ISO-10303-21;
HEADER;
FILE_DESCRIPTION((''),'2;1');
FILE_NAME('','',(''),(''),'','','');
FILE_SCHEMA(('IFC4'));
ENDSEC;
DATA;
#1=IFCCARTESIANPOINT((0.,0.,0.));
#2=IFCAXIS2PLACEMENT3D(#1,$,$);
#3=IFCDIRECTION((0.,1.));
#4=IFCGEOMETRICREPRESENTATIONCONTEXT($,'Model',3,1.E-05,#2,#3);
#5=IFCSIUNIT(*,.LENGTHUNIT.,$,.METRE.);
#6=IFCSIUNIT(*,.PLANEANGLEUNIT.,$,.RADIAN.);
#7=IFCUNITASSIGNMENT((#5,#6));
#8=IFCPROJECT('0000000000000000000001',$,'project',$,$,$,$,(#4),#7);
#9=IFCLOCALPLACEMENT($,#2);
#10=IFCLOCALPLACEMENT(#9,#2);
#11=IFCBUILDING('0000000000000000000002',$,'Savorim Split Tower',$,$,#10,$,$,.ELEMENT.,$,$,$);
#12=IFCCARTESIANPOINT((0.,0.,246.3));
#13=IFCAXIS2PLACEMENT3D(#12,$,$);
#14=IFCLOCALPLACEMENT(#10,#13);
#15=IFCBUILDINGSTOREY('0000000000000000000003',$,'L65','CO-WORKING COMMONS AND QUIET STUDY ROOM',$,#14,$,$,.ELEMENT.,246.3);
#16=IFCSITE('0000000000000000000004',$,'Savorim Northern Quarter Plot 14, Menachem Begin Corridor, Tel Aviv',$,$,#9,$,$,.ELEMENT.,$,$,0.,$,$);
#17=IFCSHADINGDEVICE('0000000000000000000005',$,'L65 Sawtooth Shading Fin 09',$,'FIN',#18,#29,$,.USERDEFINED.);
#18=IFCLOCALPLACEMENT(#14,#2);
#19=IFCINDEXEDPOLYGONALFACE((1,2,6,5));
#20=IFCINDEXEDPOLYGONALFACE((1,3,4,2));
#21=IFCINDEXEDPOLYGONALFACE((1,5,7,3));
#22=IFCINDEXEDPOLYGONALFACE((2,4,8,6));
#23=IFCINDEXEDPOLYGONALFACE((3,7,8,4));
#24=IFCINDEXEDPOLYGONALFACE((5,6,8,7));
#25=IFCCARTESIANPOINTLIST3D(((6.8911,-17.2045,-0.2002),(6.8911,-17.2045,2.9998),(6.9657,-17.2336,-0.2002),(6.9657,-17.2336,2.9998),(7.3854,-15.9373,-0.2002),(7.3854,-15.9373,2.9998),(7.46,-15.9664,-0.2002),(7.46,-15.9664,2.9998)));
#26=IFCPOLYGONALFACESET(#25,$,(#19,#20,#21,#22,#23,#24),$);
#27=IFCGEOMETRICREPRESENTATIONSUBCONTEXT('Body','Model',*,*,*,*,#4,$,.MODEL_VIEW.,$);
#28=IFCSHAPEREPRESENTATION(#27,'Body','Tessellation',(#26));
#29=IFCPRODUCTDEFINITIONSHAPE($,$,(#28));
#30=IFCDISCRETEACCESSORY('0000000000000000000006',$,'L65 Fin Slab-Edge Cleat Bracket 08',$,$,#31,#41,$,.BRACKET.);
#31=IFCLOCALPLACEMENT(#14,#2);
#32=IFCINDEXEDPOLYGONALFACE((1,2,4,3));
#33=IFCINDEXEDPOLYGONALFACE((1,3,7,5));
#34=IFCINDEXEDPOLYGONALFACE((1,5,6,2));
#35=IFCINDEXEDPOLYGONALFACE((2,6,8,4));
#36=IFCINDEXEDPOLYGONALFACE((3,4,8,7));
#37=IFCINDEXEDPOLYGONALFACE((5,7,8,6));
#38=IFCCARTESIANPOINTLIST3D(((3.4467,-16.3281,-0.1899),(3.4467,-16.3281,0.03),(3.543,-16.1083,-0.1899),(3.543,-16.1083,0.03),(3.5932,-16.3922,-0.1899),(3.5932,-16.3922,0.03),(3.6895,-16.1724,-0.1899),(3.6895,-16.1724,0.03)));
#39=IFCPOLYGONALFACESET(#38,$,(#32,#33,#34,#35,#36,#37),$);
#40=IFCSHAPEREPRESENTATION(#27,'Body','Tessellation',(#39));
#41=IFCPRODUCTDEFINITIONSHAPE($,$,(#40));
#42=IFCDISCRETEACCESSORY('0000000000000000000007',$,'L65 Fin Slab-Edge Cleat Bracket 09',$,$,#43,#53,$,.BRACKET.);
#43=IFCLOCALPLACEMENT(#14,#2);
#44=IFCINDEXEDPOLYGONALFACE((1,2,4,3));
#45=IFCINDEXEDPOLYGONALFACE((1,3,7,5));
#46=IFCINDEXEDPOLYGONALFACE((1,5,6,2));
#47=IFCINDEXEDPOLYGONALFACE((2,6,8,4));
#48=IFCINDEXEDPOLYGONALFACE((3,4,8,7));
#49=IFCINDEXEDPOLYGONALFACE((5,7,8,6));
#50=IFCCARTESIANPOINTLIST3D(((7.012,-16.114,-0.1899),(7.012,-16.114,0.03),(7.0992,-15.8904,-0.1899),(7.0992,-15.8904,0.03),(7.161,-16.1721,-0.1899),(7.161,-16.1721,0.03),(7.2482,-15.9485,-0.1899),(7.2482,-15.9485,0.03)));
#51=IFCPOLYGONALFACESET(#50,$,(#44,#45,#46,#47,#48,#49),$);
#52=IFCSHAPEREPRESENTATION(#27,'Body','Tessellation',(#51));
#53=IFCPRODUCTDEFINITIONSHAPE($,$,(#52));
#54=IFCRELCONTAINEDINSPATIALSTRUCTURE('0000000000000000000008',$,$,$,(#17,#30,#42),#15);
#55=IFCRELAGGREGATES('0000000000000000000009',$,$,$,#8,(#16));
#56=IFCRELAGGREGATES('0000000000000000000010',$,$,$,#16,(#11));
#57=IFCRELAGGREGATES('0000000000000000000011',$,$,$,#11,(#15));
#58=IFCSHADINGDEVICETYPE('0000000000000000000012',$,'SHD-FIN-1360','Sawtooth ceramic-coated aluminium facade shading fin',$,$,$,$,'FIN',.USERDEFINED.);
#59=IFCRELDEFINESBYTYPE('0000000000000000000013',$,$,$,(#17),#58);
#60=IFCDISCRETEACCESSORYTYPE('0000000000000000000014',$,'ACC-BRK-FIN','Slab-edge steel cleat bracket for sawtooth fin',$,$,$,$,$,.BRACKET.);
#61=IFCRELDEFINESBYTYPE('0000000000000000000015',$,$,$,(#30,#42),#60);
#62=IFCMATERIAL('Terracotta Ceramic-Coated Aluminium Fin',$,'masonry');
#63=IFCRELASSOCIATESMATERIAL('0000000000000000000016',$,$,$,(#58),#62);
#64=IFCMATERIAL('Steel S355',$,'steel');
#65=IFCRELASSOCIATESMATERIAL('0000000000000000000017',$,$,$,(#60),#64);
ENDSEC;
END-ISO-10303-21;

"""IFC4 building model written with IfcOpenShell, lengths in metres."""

from ifc_helpers import new_model, si_unit, direction, frame, origin, origin_2d, place, context, subcontext, project, spatial, rectangle, extrude, material, type_object, element, save


model = new_model("IFC4")

# Units and contexts
model_context = context("Model", 3, precision=1e-05, world=origin(), true_north=direction((0.0, 1.0)))
body_context = subcontext(model_context, "Body", "Model", "MODEL_VIEW")
ifc_project = project(units=[si_unit("LENGTHUNIT", "METRE"), si_unit("PLANEANGLEUNIT", "RADIAN")], contexts=[model_context])

# Site, building, storey
site_placement = place(None, origin())
site = spatial("IfcSite", under=ifc_project, at=site_placement, Name="Savorim Northern Quarter Plot 14, Menachem Begin Corridor, Tel Aviv", CompositionType="ELEMENT", RefElevation=0.0)
building_placement = place(site_placement, origin())
building = spatial("IfcBuilding", under=site, at=building_placement, Name="Savorim Split Tower", CompositionType="ELEMENT")
storey_placement = place(building_placement, frame((0.0, 0.0, 246.3)))
storey = spatial("IfcBuildingStorey", under=building, at=storey_placement, Name="L65", Description="CO-WORKING COMMONS AND QUIET STUDY ROOM", CompositionType="ELEMENT", Elevation=246.3)

# Shared definitions
ifc_material_1 = material(Name="Steel S355", Category="steel")

# Shading device
ifc_material_2 = material(Name="Terracotta Ceramic-Coated Aluminium Fin", Category="masonry")
shading_device_type = type_object("IfcShadingDeviceType", Name="SHD-FIN-1360", Description="Sawtooth ceramic-coated aluminium facade shading fin", ElementType="FIN", PredefinedType="USERDEFINED", material=ifc_material_2)
for number, where, z_axis, x_axis, name in (
    (1, (7.1755, -16.5854, -0.2002), (0.0, 0.0, 1.0), (-0.363415, -0.931627, 0.0), "L65 Sawtooth Shading Fin 09"),
):
    element("IfcShadingDevice", number, at=place(storey_placement, frame(where, z_axis=z_axis, x_axis=x_axis)), inside=storey, type_object=shading_device_type, Name=name, ObjectType="FIN", PredefinedType="USERDEFINED", context=body_context, shape_type="SweptSolid", body=[
        extrude(rectangle(XDim=1.3601, YDim=0.0801, at=origin_2d()), origin(), (0.0, 0.0, 1.0), 3.2),
    ])

# Discrete accessories
discrete_accessory_type = type_object("IfcDiscreteAccessoryType", Name="ACC-BRK-FIN", Description="Slab-edge steel cleat bracket for sawtooth fin", PredefinedType="BRACKET", material=ifc_material_1)
for number, where, z_axis, x_axis, name in (
    (2, (3.5681, -16.2502, -0.1899), (0.0, 0.0, 1.0), (-0.40123, -0.915977, 0.0), "L65 Fin Slab-Edge Cleat Bracket 08"),
    (3, (7.1301, -16.0312, -0.1899), (0.0, 0.0, 1.0), (-0.363415, -0.931627, 0.0), "L65 Fin Slab-Edge Cleat Bracket 09"),
):
    element("IfcDiscreteAccessory", number, at=place(storey_placement, frame(where, z_axis=z_axis, x_axis=x_axis)), inside=storey, type_object=discrete_accessory_type, Name=name, PredefinedType="BRACKET", context=body_context, shape_type="SweptSolid", body=[
        extrude(rectangle(XDim=0.24, YDim=0.1599, at=origin_2d()), origin(), (0.0, 0.0, 1.0), 0.22),
    ])

save(model, "model.ifc")
